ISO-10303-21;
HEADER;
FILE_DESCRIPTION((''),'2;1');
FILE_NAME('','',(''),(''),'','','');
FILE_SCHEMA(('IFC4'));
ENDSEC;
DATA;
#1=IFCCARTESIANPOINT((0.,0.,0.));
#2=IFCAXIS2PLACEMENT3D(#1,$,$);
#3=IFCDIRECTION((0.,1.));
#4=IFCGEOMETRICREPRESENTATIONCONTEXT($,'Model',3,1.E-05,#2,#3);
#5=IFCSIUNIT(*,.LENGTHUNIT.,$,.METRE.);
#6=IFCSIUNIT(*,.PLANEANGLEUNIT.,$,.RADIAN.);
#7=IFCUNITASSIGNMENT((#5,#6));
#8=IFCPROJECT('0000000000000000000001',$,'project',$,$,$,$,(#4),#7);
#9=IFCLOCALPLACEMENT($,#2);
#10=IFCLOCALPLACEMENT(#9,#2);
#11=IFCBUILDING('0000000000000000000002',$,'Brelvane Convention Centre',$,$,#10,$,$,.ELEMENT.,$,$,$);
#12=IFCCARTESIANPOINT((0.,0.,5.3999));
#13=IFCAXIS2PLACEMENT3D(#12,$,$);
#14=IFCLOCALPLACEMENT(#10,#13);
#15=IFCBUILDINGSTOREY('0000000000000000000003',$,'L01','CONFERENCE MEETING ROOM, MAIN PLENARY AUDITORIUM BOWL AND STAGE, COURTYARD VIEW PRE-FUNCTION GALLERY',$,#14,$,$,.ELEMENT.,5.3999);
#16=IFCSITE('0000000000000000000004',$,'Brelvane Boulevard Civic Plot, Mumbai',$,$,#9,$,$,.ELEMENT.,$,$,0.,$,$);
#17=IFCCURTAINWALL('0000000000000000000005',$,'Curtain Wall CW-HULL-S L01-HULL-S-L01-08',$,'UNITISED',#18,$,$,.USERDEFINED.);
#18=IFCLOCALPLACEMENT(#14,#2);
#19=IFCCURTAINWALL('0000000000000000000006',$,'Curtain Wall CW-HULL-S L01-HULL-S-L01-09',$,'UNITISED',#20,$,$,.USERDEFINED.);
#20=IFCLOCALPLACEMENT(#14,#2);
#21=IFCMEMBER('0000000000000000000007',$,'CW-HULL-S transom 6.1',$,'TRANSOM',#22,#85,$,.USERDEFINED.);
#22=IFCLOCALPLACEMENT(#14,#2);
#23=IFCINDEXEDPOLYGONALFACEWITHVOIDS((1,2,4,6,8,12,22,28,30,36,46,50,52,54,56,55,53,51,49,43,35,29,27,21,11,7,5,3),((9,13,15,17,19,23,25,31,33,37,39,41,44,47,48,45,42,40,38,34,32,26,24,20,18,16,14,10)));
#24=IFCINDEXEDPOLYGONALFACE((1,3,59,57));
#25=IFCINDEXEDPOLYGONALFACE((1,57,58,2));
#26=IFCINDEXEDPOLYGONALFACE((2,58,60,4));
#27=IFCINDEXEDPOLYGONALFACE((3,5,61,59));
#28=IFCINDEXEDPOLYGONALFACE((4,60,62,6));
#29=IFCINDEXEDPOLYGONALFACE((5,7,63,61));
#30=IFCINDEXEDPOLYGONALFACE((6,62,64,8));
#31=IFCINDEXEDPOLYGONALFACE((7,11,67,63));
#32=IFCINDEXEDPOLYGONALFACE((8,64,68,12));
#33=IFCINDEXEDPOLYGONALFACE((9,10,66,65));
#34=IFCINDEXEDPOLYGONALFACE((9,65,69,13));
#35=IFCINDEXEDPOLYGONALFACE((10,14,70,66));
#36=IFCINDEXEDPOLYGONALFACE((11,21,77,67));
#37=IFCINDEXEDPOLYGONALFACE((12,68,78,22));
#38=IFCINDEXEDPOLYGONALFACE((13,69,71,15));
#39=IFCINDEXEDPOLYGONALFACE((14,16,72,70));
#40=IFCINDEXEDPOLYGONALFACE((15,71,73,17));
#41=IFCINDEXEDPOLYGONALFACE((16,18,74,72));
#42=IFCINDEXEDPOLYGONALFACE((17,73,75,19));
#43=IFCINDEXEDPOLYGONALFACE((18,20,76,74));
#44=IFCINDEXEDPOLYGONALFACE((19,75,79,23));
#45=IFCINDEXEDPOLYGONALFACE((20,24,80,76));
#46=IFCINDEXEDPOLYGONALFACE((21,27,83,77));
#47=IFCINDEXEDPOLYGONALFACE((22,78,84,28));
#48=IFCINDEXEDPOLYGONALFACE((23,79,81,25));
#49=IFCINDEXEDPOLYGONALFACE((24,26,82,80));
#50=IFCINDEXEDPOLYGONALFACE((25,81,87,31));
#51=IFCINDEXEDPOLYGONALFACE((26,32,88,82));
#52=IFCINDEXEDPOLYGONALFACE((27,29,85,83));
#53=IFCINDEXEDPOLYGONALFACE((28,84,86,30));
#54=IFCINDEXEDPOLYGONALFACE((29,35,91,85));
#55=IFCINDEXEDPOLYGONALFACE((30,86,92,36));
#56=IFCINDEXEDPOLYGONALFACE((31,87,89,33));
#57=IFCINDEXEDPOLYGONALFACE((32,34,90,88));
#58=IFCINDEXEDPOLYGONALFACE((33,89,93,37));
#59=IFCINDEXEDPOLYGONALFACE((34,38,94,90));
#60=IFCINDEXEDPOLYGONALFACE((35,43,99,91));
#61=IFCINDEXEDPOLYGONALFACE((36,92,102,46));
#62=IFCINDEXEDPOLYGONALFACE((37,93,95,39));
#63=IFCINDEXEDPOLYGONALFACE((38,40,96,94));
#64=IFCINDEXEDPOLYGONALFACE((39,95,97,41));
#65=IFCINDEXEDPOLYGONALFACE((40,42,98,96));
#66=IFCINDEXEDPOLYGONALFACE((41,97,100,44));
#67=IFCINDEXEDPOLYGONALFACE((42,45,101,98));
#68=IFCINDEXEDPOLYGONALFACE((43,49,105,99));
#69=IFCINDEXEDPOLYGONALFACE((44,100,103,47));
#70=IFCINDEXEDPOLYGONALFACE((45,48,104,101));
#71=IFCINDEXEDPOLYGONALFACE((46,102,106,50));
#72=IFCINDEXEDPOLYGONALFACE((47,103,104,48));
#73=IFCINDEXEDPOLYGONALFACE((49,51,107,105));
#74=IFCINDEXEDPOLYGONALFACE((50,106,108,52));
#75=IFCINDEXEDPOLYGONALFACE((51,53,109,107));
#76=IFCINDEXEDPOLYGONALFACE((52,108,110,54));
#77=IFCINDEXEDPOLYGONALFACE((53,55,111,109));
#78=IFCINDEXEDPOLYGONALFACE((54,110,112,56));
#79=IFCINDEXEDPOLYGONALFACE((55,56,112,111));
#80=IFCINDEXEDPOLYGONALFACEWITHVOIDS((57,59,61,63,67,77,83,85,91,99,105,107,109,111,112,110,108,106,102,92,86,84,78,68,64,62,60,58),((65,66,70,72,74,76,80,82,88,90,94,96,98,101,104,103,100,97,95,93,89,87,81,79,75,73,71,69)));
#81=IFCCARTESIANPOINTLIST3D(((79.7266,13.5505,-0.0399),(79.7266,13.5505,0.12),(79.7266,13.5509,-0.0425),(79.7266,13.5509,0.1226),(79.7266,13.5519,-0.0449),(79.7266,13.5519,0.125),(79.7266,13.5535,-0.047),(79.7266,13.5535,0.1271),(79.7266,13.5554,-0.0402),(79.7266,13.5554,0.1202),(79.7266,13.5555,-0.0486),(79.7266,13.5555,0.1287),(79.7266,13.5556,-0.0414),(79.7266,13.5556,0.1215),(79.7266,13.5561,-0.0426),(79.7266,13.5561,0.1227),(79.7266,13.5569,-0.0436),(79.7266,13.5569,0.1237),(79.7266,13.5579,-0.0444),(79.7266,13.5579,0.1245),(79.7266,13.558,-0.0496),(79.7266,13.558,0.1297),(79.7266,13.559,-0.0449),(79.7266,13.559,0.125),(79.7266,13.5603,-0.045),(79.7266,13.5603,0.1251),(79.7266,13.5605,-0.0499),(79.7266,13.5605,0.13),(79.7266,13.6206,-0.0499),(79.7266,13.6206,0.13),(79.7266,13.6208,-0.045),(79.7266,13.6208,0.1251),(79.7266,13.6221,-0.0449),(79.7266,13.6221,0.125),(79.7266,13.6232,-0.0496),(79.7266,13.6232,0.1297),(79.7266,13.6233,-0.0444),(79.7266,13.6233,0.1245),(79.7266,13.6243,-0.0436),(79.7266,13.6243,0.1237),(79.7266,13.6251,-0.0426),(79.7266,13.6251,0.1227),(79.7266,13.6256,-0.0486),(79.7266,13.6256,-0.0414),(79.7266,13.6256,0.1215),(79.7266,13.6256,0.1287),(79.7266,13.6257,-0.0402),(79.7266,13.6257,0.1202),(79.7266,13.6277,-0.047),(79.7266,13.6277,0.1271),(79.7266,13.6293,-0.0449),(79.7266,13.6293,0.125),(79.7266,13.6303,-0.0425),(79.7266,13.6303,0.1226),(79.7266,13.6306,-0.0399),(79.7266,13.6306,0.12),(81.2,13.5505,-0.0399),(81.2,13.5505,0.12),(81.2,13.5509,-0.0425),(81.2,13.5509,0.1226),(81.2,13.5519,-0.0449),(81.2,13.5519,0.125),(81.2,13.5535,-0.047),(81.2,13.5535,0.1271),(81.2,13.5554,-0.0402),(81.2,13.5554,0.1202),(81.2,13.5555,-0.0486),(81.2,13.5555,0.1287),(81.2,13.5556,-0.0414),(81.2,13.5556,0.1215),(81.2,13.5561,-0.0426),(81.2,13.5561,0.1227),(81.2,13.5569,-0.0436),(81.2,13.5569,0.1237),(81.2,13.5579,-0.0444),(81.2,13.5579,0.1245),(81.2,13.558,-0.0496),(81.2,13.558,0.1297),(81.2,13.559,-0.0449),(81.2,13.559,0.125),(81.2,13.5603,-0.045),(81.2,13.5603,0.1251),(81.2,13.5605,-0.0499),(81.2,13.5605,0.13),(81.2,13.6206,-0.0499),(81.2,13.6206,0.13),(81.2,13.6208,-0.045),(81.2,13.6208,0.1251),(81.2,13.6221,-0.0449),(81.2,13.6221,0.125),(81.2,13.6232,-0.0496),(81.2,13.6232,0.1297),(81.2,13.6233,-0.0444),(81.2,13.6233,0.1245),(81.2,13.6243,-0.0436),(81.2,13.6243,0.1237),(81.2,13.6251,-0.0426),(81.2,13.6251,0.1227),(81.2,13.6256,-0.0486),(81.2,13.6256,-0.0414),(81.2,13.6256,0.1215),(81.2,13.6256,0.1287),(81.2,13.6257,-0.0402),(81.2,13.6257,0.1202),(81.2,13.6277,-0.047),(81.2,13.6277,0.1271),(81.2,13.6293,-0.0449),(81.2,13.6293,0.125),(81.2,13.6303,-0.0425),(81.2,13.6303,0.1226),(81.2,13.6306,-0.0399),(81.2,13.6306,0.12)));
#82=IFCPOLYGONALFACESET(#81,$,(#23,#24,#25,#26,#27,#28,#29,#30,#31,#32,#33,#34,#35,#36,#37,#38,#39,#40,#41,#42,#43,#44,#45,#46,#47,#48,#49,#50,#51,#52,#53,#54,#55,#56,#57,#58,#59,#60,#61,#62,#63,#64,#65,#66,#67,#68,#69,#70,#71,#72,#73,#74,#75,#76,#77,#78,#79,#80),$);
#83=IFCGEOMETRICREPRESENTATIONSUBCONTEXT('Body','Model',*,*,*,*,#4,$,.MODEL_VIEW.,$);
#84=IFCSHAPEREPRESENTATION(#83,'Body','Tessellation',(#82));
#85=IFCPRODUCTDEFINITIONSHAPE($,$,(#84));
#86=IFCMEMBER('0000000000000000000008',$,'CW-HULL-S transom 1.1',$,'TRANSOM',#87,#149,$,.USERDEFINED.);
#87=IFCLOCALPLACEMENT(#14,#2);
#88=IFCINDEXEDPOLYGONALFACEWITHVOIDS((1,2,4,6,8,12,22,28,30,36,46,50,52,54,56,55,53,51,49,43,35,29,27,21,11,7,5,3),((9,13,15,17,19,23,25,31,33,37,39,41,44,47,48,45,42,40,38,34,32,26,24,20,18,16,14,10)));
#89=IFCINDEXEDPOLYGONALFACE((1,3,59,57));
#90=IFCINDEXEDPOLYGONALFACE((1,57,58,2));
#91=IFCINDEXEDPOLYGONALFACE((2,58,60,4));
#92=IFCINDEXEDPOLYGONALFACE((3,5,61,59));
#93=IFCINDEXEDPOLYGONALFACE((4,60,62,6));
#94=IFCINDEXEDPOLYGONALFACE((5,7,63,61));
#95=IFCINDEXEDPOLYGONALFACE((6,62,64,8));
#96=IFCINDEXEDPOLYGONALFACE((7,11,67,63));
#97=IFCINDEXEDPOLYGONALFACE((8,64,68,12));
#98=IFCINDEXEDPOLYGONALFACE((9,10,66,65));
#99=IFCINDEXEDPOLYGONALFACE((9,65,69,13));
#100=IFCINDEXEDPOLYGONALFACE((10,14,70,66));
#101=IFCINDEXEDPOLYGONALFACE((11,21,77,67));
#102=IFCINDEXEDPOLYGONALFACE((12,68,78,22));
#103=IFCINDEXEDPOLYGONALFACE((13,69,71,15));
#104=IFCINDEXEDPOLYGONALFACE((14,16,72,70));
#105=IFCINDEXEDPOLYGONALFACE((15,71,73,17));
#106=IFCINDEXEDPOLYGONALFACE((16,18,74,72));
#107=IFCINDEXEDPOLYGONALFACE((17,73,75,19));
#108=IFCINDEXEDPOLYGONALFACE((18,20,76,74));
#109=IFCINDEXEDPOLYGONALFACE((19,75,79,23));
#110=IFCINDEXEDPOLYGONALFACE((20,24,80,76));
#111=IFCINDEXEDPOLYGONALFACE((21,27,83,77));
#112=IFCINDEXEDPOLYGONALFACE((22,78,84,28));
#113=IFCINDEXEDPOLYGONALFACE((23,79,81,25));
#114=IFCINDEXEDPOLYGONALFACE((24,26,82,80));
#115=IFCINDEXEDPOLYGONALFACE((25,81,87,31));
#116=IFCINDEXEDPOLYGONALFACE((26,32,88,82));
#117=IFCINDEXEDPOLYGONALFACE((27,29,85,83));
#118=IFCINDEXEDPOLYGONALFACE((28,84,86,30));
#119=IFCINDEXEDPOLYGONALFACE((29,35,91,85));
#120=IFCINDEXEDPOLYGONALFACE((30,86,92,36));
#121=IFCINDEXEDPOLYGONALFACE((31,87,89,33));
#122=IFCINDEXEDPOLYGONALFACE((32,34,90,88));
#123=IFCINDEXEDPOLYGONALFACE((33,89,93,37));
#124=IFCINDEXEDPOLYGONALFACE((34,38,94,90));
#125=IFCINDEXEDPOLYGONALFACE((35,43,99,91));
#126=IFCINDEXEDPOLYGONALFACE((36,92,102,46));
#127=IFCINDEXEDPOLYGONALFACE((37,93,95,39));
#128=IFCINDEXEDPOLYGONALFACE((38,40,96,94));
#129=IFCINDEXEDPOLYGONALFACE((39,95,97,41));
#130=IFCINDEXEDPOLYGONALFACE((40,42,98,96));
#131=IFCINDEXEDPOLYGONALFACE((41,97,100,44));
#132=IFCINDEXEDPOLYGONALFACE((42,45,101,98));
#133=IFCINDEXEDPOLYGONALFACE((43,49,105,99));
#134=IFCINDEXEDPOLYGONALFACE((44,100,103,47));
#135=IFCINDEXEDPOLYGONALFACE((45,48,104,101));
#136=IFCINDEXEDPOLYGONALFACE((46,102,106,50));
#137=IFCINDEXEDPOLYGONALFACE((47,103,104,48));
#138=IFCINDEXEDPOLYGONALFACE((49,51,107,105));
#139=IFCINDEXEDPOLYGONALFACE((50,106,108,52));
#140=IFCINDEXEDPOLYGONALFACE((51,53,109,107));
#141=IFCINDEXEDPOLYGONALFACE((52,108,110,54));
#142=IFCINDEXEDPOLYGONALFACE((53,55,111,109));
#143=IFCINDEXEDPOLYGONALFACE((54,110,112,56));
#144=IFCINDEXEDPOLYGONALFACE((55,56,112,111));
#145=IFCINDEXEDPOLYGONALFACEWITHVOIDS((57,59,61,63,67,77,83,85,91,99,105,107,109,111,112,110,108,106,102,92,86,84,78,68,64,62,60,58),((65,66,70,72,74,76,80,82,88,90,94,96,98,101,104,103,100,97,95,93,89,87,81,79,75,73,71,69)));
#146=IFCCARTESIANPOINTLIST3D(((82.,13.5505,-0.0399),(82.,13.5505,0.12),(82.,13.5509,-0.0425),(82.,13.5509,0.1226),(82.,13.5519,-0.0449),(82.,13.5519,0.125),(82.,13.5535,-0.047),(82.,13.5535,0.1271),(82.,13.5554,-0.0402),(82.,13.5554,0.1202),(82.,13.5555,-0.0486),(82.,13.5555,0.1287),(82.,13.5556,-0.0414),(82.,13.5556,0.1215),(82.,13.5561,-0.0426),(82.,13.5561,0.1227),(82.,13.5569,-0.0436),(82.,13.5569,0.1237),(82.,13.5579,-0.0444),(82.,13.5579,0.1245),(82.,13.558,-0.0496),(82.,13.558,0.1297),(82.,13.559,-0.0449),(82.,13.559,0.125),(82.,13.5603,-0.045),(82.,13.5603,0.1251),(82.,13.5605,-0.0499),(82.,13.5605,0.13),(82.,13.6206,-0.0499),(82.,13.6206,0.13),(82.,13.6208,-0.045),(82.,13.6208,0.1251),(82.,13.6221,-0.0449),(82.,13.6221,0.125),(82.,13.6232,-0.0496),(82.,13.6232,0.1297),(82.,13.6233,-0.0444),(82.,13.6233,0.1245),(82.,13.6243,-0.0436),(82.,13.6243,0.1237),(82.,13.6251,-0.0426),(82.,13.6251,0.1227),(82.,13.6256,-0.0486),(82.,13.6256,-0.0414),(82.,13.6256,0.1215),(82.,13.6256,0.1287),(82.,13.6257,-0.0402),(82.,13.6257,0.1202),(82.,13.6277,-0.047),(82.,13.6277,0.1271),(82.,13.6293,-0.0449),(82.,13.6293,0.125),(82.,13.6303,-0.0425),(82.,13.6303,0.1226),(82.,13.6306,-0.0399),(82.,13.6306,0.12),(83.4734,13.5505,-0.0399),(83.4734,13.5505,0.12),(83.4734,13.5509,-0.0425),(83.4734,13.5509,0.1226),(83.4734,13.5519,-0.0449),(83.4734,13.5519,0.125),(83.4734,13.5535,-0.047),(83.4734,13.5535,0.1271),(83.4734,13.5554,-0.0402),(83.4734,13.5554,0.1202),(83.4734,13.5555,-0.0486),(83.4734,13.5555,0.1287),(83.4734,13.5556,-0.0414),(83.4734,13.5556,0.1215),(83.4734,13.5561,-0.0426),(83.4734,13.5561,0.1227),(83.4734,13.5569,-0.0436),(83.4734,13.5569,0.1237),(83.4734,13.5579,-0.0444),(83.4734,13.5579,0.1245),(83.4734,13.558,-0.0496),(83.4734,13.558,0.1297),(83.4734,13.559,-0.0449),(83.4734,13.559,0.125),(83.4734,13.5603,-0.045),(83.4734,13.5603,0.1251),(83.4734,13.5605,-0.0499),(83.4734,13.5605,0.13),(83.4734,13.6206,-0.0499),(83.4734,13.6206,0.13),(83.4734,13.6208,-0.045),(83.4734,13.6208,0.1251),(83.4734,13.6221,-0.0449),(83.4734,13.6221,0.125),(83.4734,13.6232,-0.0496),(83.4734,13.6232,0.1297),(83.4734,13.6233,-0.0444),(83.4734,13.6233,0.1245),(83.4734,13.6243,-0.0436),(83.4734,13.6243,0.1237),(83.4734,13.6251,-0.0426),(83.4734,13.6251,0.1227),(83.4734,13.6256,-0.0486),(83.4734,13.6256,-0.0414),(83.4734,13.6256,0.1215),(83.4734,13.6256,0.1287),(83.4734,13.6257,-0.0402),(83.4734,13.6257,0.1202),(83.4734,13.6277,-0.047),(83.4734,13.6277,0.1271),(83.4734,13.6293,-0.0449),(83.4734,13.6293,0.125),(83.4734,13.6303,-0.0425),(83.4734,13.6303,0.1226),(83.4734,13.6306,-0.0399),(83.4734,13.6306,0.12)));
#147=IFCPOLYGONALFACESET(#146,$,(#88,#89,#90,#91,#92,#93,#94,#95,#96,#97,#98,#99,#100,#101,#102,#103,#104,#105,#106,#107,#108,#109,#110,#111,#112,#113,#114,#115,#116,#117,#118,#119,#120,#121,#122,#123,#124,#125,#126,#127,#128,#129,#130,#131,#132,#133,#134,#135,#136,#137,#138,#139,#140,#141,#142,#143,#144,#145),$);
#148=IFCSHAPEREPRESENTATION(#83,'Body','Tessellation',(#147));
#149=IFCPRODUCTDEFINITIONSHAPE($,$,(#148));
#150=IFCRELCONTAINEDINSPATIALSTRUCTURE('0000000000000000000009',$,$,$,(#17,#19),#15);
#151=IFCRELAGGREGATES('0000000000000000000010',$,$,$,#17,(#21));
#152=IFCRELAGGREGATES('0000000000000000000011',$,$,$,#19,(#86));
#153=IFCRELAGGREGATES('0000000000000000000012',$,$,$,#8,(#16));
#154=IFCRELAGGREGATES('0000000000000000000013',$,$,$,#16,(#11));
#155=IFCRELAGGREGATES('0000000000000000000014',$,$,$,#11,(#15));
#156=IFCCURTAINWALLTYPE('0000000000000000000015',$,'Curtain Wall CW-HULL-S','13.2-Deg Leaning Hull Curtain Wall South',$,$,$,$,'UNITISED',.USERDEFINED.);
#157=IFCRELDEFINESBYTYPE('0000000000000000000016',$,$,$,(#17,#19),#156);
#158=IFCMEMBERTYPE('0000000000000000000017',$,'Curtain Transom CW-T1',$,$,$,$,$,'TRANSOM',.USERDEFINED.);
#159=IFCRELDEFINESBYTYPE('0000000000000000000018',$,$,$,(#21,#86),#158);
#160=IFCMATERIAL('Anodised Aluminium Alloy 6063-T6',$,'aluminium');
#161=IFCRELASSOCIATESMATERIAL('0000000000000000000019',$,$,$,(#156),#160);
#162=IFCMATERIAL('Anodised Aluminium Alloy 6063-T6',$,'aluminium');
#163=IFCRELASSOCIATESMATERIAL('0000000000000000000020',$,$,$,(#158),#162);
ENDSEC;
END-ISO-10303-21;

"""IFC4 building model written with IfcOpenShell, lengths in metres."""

from ifc_helpers import new_model, si_unit, direction, frame, origin, origin_2d, place, context, subcontext, project, spatial, hollow_rectangle, extrude, material, material_profile, profile_set, type_object, element, aggregate, save


model = new_model("IFC4")

# Units and contexts
model_context = context("Model", 3, precision=1e-05, world=origin(), true_north=direction((0.0, 1.0)))
body_context = subcontext(model_context, "Body", "Model", "MODEL_VIEW")
ifc_project = project(units=[si_unit("LENGTHUNIT", "METRE"), si_unit("PLANEANGLEUNIT", "RADIAN")], contexts=[model_context])

# Site, building, storey
site_placement = place(None, origin())
site = spatial("IfcSite", under=ifc_project, at=site_placement, Name="Brelvane Boulevard Civic Plot, Mumbai", CompositionType="ELEMENT", RefElevation=0.0)
building_placement = place(site_placement, origin())
building = spatial("IfcBuilding", under=site, at=building_placement, Name="Brelvane Convention Centre", CompositionType="ELEMENT")
storey_placement = place(building_placement, frame((0.0, 0.0, 5.3999)))
storey = spatial("IfcBuildingStorey", under=building, at=storey_placement, Name="L01", Description="CONFERENCE MEETING ROOM, MAIN PLENARY AUDITORIUM BOWL AND STAGE, COURTYARD VIEW PRE-FUNCTION GALLERY", CompositionType="ELEMENT", Elevation=5.3999)

# Curtain walls
ifc_material_1 = material(Name="Anodised Aluminium Alloy 6063-T6", Category="aluminium")
curtain_wall_type = type_object("IfcCurtainWallType", Name="Curtain Wall CW-HULL-S", Description="13.2-Deg Leaning Hull Curtain Wall South", ElementType="UNITISED", PredefinedType="USERDEFINED", material=ifc_material_1)
curtain_wall_1_placement = place(storey_placement, origin())
curtain_wall_1 = element("IfcCurtainWall", 1, at=curtain_wall_1_placement, inside=storey, type_object=curtain_wall_type, Name="Curtain Wall CW-HULL-S L01-HULL-S-L01-08", ObjectType="UNITISED", PredefinedType="USERDEFINED")
curtain_wall_2_placement = place(storey_placement, origin())
curtain_wall_2 = element("IfcCurtainWall", 2, at=curtain_wall_2_placement, inside=storey, type_object=curtain_wall_type, Name="Curtain Wall CW-HULL-S L01-HULL-S-L01-09", ObjectType="UNITISED", PredefinedType="USERDEFINED")

# Members
ifc_material_2 = material(Name="Anodised Aluminium Alloy 6063-T6", Category="aluminium")
ifc_material_profile_1 = material_profile(ifc_material_2, hollow_rectangle(XDim=0.0801, YDim=0.1799, WallThickness=0.0049, InnerFilletRadius=0.0049, OuterFilletRadius=0.01, at=origin_2d()), Name="ALU-T 180x80x5.0")
ifc_profile_set_1 = profile_set([ifc_material_profile_1], Name="Anodised Aluminium Alloy 6063-T6")
member_type_1 = type_object("IfcMemberType", Name="Curtain Transom CW-T1", ElementType="TRANSOM", PredefinedType="USERDEFINED", material=ifc_profile_set_1)
member_1_placement = place(storey_placement, frame((79.7266, 13.5906, 0.04), z_axis=(1.0, 0.0, 0.0), x_axis=(0.0, 1.0, 0.0)))
member_1 = element("IfcMember", 3, at=member_1_placement, type_object=member_type_1, Name="CW-HULL-S transom 6.1", ObjectType="TRANSOM", PredefinedType="USERDEFINED", context=body_context, shape_type="SweptSolid", body=[
    extrude(hollow_rectangle(XDim=0.0801, YDim=0.1799, WallThickness=0.0049, InnerFilletRadius=0.0049, OuterFilletRadius=0.01, at=origin_2d()), origin(), (0.0, 0.0, 1.0), 1.4734),
])
aggregate(curtain_wall_1, [member_1])
member_2_placement = place(storey_placement, frame((82.0, 13.5906, 0.04), z_axis=(1.0, 0.0, 0.0), x_axis=(0.0, 1.0, 0.0)))
member_2 = element("IfcMember", 4, at=member_2_placement, type_object=member_type_1, Name="CW-HULL-S transom 1.1", ObjectType="TRANSOM", PredefinedType="USERDEFINED", context=body_context, shape_type="SweptSolid", body=[
    extrude(hollow_rectangle(XDim=0.0801, YDim=0.1799, WallThickness=0.0049, InnerFilletRadius=0.0049, OuterFilletRadius=0.01, at=origin_2d()), origin(), (0.0, 0.0, 1.0), 1.4734),
])

aggregate(curtain_wall_2, [member_2])

save(model, "model.ifc")
